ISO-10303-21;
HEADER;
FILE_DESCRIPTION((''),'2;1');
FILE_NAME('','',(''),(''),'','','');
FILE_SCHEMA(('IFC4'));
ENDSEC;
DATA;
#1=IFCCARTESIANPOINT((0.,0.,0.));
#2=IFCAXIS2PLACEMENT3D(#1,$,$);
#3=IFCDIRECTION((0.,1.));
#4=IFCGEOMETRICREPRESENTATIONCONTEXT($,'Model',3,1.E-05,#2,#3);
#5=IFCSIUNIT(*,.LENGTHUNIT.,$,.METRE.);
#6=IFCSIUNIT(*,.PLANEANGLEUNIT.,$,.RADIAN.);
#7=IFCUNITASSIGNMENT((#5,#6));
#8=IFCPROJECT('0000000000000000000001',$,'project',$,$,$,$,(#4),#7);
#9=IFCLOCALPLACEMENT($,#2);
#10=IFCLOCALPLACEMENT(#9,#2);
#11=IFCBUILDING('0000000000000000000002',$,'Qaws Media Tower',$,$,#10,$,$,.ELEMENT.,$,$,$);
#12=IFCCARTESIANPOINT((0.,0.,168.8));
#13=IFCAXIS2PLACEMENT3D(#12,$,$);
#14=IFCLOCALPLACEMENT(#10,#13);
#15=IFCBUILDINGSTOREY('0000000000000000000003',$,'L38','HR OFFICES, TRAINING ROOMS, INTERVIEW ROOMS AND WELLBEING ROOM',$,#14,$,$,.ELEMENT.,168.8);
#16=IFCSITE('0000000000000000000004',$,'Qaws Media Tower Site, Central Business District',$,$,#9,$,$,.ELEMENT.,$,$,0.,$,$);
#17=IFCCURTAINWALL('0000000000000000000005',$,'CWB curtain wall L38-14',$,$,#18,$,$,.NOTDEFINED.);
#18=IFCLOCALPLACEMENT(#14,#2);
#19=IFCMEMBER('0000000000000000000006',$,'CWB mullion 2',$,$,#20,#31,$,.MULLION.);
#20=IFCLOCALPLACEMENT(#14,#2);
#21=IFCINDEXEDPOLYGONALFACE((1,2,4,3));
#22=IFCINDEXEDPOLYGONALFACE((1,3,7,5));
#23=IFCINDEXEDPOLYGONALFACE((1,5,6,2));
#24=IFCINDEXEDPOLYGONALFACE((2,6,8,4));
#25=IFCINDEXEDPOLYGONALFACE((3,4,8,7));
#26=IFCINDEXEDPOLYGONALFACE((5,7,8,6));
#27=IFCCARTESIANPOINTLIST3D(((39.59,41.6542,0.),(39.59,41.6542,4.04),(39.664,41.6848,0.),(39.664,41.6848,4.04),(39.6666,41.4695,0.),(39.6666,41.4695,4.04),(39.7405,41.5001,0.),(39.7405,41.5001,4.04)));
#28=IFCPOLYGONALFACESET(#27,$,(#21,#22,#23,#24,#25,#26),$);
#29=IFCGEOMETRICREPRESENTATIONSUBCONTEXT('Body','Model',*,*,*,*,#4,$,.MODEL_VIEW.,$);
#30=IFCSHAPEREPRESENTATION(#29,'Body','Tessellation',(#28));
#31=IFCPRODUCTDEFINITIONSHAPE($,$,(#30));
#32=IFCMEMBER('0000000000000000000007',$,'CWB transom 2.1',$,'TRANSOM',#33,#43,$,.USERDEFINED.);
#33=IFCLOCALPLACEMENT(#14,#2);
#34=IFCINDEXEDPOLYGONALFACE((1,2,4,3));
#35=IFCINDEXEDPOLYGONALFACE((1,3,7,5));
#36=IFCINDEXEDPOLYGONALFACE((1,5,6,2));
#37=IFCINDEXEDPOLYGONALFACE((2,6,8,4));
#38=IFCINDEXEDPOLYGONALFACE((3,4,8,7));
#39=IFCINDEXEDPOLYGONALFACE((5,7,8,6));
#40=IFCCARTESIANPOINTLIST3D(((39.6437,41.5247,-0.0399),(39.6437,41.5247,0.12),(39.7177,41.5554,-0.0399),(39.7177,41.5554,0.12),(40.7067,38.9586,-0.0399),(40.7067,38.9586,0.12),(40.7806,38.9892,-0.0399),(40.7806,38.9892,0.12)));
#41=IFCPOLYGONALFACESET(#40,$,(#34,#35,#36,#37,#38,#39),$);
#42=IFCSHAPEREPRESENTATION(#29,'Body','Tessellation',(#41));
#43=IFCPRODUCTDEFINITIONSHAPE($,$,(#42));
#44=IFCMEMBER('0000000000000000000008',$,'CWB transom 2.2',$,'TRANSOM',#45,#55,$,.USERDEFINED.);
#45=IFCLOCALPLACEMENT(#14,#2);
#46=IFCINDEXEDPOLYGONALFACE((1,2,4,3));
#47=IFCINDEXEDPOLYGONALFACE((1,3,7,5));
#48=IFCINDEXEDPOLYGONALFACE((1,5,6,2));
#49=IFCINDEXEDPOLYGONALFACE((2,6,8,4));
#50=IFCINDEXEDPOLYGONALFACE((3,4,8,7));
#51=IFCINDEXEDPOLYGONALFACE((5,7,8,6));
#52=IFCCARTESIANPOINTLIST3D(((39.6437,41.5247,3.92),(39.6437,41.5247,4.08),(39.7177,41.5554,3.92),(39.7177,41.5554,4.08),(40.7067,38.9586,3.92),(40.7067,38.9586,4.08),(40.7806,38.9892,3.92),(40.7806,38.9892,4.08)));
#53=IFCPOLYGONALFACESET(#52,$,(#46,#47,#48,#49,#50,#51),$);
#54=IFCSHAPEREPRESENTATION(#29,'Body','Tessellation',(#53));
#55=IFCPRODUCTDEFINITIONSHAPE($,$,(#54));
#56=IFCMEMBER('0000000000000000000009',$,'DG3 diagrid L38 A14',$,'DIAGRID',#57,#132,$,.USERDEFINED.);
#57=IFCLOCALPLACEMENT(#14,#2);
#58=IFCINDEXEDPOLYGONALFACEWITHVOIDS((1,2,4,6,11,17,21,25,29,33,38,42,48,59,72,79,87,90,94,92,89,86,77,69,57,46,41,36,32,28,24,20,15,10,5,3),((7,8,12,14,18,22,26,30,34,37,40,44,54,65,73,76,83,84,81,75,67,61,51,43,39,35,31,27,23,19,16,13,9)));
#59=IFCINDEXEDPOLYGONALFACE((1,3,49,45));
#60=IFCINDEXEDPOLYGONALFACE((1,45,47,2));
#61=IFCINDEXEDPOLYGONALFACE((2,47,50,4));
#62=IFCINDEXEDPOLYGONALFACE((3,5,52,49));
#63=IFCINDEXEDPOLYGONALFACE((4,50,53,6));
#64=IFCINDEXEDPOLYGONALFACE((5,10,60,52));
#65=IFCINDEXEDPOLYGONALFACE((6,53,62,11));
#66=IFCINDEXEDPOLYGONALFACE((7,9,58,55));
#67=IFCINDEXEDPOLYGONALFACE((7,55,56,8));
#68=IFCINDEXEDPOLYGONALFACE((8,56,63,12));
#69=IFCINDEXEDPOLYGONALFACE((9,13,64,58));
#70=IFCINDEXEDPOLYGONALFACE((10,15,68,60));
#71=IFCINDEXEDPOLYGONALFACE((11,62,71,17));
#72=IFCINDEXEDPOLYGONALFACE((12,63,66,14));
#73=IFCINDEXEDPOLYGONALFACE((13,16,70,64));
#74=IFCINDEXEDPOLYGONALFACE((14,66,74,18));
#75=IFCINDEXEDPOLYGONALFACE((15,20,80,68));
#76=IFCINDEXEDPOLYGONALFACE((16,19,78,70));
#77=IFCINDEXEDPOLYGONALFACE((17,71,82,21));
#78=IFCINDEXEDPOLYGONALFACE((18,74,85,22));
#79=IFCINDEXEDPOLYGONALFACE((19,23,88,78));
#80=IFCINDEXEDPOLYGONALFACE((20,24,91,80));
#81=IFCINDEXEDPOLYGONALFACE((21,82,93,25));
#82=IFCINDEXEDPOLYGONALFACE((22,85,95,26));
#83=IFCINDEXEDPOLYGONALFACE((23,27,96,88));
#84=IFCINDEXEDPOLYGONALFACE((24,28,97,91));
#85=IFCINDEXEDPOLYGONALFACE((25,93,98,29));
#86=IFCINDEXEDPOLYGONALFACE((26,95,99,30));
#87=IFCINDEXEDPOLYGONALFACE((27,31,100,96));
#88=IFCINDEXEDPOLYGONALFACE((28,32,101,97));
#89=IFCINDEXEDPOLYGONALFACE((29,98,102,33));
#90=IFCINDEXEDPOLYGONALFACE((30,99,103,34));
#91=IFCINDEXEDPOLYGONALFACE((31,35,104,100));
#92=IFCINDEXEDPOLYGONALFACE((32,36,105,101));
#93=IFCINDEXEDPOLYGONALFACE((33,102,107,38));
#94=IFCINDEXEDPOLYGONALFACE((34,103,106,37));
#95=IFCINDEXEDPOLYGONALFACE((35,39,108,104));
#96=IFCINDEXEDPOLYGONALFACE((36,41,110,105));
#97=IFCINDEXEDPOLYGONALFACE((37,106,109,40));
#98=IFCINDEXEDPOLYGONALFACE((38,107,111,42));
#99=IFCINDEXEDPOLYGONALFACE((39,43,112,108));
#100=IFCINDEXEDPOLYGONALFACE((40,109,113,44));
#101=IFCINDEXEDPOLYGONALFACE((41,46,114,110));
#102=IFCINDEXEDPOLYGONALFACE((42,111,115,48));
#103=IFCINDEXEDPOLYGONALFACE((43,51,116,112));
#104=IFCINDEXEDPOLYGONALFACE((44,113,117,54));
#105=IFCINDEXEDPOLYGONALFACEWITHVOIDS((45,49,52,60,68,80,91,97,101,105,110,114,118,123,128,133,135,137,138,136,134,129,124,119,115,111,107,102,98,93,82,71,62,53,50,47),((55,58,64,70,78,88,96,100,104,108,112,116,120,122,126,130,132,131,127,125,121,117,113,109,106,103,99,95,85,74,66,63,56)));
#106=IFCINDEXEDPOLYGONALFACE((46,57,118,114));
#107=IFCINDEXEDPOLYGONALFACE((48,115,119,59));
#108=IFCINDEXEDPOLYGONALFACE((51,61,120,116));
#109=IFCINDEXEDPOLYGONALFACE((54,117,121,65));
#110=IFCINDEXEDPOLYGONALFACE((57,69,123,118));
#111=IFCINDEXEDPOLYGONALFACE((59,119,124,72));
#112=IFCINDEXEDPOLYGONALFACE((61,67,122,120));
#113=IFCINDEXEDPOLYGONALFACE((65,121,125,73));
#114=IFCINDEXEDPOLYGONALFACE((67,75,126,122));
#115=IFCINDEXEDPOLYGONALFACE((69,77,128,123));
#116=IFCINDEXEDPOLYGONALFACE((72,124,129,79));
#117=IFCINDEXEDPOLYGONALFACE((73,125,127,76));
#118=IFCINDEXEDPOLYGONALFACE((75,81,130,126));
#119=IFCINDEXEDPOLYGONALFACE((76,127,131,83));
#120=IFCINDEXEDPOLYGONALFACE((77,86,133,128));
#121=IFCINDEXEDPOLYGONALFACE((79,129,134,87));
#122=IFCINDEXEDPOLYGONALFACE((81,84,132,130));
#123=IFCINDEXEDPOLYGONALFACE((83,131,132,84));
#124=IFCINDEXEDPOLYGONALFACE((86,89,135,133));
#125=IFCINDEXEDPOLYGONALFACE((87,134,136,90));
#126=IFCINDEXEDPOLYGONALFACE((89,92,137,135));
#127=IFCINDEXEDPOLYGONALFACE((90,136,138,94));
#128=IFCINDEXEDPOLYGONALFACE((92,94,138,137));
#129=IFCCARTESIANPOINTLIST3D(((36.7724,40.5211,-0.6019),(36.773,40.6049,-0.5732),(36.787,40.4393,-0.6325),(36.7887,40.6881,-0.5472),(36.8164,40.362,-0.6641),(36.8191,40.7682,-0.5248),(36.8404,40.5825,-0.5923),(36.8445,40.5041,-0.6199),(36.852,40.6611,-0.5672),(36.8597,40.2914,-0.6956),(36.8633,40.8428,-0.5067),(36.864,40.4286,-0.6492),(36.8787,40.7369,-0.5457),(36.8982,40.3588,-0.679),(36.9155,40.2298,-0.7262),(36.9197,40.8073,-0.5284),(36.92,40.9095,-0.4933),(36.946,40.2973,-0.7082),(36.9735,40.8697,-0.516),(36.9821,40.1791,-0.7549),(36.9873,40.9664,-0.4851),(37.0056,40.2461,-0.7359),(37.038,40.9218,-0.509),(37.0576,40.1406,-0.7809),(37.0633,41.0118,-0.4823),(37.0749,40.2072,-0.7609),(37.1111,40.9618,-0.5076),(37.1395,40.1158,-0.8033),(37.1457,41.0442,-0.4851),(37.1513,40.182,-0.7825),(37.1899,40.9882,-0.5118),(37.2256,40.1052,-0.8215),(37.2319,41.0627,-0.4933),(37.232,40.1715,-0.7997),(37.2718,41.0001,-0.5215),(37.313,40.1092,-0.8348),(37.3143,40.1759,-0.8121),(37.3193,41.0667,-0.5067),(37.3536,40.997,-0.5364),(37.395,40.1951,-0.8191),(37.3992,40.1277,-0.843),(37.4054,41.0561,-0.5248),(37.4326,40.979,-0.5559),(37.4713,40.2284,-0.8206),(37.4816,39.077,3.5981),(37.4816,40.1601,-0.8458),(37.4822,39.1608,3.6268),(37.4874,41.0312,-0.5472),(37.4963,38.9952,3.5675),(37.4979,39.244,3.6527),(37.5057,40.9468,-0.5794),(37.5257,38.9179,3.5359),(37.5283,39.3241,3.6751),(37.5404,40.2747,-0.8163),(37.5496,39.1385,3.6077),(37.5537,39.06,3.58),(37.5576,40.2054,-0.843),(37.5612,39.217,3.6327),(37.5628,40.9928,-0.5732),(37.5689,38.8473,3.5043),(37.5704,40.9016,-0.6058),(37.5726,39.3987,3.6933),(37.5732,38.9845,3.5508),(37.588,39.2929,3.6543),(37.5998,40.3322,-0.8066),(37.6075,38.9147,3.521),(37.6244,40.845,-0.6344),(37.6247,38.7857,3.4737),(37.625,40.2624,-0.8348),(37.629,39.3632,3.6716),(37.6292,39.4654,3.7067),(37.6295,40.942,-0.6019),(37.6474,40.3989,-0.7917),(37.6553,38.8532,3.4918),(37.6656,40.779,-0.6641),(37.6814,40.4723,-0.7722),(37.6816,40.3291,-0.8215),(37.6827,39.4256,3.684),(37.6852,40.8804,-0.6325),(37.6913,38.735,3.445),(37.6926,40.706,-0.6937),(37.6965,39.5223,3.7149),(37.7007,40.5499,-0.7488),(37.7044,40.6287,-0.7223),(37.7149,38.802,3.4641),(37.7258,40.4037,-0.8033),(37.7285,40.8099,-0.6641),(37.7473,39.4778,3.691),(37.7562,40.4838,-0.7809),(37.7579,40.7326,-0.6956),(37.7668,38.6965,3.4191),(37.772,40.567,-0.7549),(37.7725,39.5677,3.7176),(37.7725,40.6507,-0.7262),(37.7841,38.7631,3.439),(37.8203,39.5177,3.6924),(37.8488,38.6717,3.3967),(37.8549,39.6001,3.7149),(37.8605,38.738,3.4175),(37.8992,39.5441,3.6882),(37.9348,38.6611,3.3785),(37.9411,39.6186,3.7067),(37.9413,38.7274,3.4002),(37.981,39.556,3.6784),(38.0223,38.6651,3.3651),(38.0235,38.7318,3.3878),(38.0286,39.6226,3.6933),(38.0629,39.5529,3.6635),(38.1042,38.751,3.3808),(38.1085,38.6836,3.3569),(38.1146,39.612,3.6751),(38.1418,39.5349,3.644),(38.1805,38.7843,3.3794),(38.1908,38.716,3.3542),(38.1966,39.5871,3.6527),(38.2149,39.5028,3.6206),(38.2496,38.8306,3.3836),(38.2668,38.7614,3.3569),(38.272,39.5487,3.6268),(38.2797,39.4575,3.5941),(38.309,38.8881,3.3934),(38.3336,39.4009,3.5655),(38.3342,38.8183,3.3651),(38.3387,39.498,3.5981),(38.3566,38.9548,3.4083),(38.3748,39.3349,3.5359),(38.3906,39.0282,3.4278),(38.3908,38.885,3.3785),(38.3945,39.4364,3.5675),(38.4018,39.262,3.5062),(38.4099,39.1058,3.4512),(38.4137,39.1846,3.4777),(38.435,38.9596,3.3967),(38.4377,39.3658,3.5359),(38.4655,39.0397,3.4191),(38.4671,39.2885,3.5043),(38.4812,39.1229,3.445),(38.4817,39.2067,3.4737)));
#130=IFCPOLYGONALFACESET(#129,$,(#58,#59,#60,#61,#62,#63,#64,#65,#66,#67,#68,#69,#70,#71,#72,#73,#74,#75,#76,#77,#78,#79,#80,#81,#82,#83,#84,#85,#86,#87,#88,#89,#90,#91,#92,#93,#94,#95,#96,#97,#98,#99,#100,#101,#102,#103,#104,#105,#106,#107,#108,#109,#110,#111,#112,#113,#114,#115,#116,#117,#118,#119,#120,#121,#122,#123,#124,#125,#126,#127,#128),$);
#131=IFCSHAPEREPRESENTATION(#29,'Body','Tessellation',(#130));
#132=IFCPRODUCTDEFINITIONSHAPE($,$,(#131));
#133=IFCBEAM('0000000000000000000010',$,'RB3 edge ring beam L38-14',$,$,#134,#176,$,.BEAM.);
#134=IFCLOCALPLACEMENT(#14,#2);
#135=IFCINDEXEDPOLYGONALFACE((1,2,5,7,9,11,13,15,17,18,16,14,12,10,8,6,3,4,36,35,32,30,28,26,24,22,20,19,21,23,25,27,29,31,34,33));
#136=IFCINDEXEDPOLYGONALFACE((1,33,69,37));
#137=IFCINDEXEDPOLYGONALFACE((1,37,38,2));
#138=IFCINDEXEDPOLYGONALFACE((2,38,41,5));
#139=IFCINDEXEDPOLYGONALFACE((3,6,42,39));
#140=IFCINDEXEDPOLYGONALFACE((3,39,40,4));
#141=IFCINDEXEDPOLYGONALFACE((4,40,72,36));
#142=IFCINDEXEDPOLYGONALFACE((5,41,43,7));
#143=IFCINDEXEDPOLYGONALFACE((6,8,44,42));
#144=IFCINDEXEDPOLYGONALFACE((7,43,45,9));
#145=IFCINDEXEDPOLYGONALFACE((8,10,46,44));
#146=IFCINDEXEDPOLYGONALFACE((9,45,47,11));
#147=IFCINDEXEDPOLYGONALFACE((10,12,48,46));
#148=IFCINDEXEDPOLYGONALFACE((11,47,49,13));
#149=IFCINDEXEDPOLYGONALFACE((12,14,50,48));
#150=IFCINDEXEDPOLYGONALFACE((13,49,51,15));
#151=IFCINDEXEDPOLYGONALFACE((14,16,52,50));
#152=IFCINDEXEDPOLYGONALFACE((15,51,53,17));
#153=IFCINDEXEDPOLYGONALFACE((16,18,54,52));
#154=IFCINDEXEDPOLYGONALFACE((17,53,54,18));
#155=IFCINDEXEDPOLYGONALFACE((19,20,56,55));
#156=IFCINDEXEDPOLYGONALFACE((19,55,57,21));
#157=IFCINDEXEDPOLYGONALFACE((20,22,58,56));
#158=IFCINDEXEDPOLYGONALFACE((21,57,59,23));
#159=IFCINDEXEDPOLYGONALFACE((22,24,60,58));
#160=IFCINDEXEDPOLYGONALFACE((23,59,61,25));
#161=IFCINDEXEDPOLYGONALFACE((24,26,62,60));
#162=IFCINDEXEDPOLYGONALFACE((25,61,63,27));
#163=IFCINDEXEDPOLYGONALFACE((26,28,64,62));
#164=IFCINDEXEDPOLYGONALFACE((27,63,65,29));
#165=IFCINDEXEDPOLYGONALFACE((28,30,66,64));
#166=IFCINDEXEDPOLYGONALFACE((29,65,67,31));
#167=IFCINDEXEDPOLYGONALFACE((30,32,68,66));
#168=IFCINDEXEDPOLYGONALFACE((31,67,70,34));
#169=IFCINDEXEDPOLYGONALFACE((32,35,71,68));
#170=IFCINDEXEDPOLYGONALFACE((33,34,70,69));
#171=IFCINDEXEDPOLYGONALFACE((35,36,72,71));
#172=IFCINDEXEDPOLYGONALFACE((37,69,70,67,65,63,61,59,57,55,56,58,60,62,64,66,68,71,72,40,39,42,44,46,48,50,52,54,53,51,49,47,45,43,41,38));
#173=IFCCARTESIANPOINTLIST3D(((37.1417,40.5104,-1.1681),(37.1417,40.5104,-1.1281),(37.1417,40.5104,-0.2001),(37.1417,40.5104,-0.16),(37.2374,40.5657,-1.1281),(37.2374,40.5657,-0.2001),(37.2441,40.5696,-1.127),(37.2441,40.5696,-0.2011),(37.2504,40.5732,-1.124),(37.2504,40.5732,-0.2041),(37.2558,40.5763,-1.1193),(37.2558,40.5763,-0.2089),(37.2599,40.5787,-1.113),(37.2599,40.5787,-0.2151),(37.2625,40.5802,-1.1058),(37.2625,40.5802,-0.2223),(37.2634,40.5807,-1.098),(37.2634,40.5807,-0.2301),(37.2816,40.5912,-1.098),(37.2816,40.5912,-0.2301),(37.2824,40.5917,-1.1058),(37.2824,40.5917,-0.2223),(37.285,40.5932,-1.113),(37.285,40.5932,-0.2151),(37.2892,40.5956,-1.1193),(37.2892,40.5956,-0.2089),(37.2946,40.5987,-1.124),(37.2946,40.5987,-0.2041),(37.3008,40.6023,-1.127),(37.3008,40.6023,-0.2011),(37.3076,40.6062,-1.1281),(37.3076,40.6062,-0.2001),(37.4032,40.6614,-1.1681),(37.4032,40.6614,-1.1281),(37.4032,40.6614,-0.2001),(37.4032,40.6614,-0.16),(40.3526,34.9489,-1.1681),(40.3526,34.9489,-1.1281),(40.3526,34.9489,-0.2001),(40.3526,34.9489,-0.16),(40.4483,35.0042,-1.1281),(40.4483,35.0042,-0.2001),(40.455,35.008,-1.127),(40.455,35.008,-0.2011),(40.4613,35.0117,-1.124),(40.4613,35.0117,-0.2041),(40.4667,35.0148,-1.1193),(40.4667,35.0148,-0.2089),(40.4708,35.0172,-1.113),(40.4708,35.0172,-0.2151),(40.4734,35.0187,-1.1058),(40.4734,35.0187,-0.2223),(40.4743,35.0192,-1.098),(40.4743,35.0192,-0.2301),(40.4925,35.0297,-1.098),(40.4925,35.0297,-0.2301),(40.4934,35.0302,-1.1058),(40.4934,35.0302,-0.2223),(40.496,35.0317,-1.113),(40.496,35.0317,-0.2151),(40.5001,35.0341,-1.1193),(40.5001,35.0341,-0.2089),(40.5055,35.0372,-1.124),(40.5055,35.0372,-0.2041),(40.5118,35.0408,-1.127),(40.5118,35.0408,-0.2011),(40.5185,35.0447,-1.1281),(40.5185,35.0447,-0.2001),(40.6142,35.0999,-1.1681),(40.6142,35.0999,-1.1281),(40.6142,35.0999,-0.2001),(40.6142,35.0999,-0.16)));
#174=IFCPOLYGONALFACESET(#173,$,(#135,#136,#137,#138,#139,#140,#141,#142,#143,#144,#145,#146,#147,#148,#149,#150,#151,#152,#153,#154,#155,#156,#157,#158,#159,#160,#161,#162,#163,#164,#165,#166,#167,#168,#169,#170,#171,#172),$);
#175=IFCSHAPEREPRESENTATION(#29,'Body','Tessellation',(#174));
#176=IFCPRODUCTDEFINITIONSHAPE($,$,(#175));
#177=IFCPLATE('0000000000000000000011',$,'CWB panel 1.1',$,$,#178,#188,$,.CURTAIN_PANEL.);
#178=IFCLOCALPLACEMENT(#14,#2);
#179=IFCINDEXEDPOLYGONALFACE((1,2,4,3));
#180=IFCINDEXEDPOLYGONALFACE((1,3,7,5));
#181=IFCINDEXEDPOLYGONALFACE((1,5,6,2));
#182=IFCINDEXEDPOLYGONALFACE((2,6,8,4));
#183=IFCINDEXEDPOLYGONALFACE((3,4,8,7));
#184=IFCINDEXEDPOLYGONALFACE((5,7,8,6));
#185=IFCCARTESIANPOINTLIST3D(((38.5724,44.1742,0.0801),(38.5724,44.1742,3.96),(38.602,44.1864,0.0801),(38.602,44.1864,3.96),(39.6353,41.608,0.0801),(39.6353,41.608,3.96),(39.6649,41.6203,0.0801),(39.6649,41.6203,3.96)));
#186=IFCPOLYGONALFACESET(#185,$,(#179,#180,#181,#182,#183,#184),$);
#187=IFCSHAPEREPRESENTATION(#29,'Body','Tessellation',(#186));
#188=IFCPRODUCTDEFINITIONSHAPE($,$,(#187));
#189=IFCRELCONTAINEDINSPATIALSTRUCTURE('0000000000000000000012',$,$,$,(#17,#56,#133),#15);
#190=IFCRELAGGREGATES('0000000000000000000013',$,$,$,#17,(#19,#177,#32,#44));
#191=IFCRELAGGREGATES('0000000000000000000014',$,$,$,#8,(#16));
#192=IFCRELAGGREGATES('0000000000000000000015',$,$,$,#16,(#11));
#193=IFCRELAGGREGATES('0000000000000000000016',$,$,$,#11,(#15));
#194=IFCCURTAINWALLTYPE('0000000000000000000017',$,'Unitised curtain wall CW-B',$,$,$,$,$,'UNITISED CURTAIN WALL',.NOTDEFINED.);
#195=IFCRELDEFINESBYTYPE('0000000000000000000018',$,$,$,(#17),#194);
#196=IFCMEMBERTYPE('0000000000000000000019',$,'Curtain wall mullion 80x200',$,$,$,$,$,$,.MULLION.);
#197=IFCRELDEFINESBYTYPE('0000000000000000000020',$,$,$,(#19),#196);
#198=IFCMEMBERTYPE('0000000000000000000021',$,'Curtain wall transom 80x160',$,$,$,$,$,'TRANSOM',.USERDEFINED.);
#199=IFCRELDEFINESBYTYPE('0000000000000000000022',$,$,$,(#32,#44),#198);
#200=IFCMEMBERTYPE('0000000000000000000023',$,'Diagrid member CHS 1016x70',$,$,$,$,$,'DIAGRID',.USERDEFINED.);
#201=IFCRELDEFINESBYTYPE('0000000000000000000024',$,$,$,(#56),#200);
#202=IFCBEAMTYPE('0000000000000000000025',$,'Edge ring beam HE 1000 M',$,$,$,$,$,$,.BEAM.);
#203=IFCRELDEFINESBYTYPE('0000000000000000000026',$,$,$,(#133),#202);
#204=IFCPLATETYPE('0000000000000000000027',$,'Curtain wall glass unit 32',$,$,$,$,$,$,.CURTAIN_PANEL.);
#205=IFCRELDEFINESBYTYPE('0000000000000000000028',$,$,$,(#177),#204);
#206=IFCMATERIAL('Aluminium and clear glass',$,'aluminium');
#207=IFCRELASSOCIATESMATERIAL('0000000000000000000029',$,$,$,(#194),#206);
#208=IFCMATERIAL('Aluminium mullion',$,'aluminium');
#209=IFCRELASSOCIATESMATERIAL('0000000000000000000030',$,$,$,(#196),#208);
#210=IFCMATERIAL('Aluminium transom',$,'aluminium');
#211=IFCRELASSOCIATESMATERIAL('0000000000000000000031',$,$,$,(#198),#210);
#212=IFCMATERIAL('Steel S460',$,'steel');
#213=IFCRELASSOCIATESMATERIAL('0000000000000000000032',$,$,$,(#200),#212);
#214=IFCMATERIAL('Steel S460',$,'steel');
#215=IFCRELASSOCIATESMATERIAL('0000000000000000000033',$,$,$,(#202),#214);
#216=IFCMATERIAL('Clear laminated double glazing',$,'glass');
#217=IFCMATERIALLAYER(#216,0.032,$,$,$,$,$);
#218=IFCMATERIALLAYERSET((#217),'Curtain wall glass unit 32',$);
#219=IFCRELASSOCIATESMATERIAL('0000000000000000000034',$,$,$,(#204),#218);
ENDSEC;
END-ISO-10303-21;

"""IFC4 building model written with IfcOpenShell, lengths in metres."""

from ifc_helpers import new_model, si_unit, direction, frame, origin, origin_2d, place, context, subcontext, project, spatial, rectangle, hollow_circle, i_section, extrude, material, layer, layer_set, material_profile, profile_set, type_object, element, aggregate, save


model = new_model("IFC4")

# Units and contexts
model_context = context("Model", 3, precision=1e-05, world=origin(), true_north=direction((0.0, 1.0)))
body_context = subcontext(model_context, "Body", "Model", "MODEL_VIEW")
ifc_project = project(units=[si_unit("LENGTHUNIT", "METRE"), si_unit("PLANEANGLEUNIT", "RADIAN")], contexts=[model_context])

# Site, building, storey
site_placement = place(None, origin())
site = spatial("IfcSite", under=ifc_project, at=site_placement, Name="Qaws Media Tower Site, Central Business District", CompositionType="ELEMENT", RefElevation=0.0)
building_placement = place(site_placement, origin())
building = spatial("IfcBuilding", under=site, at=building_placement, Name="Qaws Media Tower", CompositionType="ELEMENT")
storey_placement = place(building_placement, frame((0.0, 0.0, 168.8)))
storey = spatial("IfcBuildingStorey", under=building, at=storey_placement, Name="L38", Description="HR OFFICES, TRAINING ROOMS, INTERVIEW ROOMS AND WELLBEING ROOM", CompositionType="ELEMENT", Elevation=168.8)

# Curtain wall, members
ifc_material_1 = material(Name="Aluminium and clear glass", Category="aluminium")
curtain_wall_type = type_object("IfcCurtainWallType", Name="Unitised curtain wall CW-B", ElementType="UNITISED CURTAIN WALL", PredefinedType="NOTDEFINED", material=ifc_material_1)
curtain_wall_placement = place(storey_placement, origin())
curtain_wall = element("IfcCurtainWall", 1, at=curtain_wall_placement, inside=storey, type_object=curtain_wall_type, Name="CWB curtain wall L38-14", PredefinedType="NOTDEFINED")
ifc_material_2 = material(Name="Aluminium mullion", Category="aluminium")
ifc_material_profile_1 = material_profile(ifc_material_2, rectangle(XDim=0.0801, YDim=0.2, at=origin_2d()), Name="80x200")
ifc_profile_set_1 = profile_set([ifc_material_profile_1], Name="Aluminium mullion")
member_type_1 = type_object("IfcMemberType", Name="Curtain wall mullion 80x200", PredefinedType="MULLION", material=ifc_profile_set_1)
member_1_placement = place(storey_placement, frame((39.6653, 41.5771, 0.0), z_axis=(0.0, 0.0, 1.0), x_axis=(0.92388, 0.382683, 0.0)))
member_1 = element("IfcMember", 2, at=member_1_placement, type_object=member_type_1, Name="CWB mullion 2", PredefinedType="MULLION", context=body_context, shape_type="SweptSolid", body=[
    extrude(rectangle(XDim=0.0801, YDim=0.2, at=origin_2d()), origin(), (0.0, 0.0, 1.0), 4.04),
])
ifc_material_3 = material(Name="Aluminium transom", Category="aluminium")
ifc_material_profile_2 = material_profile(ifc_material_3, rectangle(XDim=0.0801, YDim=0.1599, at=origin_2d()), Name="80x160")
ifc_profile_set_2 = profile_set([ifc_material_profile_2], Name="Aluminium transom")
member_type_2 = type_object("IfcMemberType", Name="Curtain wall transom 80x160", ElementType="TRANSOM", PredefinedType="USERDEFINED", material=ifc_profile_set_2)
member_2_placement = place(storey_placement, frame((39.6807, 41.54, 0.04), z_axis=(0.382699, -0.923873, 0.0), x_axis=(0.923873, 0.382699, 0.0)))
member_2 = element("IfcMember", 3, at=member_2_placement, type_object=member_type_2, Name="CWB transom 2.1", ObjectType="TRANSOM", PredefinedType="USERDEFINED", context=body_context, shape_type="SweptSolid", body=[
    extrude(rectangle(XDim=0.0801, YDim=0.1599, at=origin_2d()), origin(), (0.0, 0.0, 1.0), 2.7776),
])
member_3_placement = place(storey_placement, frame((39.6807, 41.54, 4.0), z_axis=(0.382699, -0.923873, 0.0), x_axis=(0.923873, 0.382699, 0.0)))
member_3 = element("IfcMember", 4, at=member_3_placement, type_object=member_type_2, Name="CWB transom 2.2", ObjectType="TRANSOM", PredefinedType="USERDEFINED", context=body_context, shape_type="SweptSolid", body=[
    extrude(rectangle(XDim=0.0801, YDim=0.1599, at=origin_2d()), origin(), (0.0, 0.0, 1.0), 2.7776),
])

# Member
ifc_material_4 = material(Name="Steel S460", Category="steel")
ifc_material_profile_3 = material_profile(ifc_material_4, hollow_circle(Radius=0.5081, WallThickness=0.0701, at=origin_2d()), Name="CHS 1016x70")
ifc_profile_set_3 = profile_set([ifc_material_profile_3], Name="Steel S460")
member_type_3 = type_object("IfcMemberType", Name="Diagrid member CHS 1016x70", ElementType="DIAGRID", PredefinedType="USERDEFINED", material=ifc_profile_set_3)
for number, where, z_axis, x_axis, name in (
    (5, (37.2725, 40.5859, -0.6641), (0.157692, -0.321084, 0.93383), (0.897591, 0.440829, 0.0), "DG3 diagrid L38 A14"),
):
    element("IfcMember", number, at=place(storey_placement, frame(where, z_axis=z_axis, x_axis=x_axis)), inside=storey, type_object=member_type_3, Name=name, ObjectType="DIAGRID", PredefinedType="USERDEFINED", context=body_context, shape_type="SweptSolid", body=[
        extrude(hollow_circle(Radius=0.5081, WallThickness=0.0701, at=origin_2d()), origin(), (0.0, 0.0, 1.0), 4.4976),
    ])

# Beam
ifc_material_5 = material(Name="Steel S460", Category="steel")
ifc_material_profile_4 = material_profile(ifc_material_5, i_section(OverallWidth=0.302, OverallDepth=1.0081, WebThickness=0.021, FlangeThickness=0.04, FilletRadius=0.03, at=origin_2d()), Name="HE 1000 M")
ifc_profile_set_4 = profile_set([ifc_material_profile_4], Name="Steel S460")
beam_type = type_object("IfcBeamType", Name="Edge ring beam HE 1000 M", PredefinedType="BEAM", material=ifc_profile_set_4)
beam_placement = place(storey_placement, frame((37.2725, 40.5859, -0.6641), z_axis=(0.499999, -0.866026, 0.0), x_axis=(0.866026, 0.499999, 0.0)))
element("IfcBeam", 6, at=beam_placement, inside=storey, type_object=beam_type, Name="RB3 edge ring beam L38-14", PredefinedType="BEAM", context=body_context, shape_type="SweptSolid", body=[
    extrude(i_section(OverallWidth=0.302, OverallDepth=1.0081, WebThickness=0.021, FlangeThickness=0.04, FilletRadius=0.03, at=origin_2d()), origin(), (0.0, 0.0, 1.0), 6.4219),
])

# Plate
ifc_material_6 = material(Name="Clear laminated double glazing", Category="glass")
ifc_layer_1 = layer(ifc_material_6, 0.032)
ifc_layer_set_1 = layer_set([ifc_layer_1], Name="Curtain wall glass unit 32")
plate_type = type_object("IfcPlateType", Name="Curtain wall glass unit 32", PredefinedType="CURTAIN_PANEL", material=ifc_layer_set_1)
plate_1_placement = place(storey_placement, frame((39.1187, 42.8972, 0.0801), z_axis=(0.0, 0.0, 1.0), x_axis=(0.382683, -0.92388, 0.0)))
plate_1 = element("IfcPlate", 7, at=plate_1_placement, type_object=plate_type, Name="CWB panel 1.1", PredefinedType="CURTAIN_PANEL", context=body_context, shape_type="SweptSolid", body=[
    extrude(rectangle(XDim=2.7776, YDim=0.032, at=origin_2d()), origin(), (0.0, 0.0, 1.0), 3.8799),
])
aggregate(curtain_wall, [member_1, plate_1, member_2, member_3])

save(model, "model.ifc")
